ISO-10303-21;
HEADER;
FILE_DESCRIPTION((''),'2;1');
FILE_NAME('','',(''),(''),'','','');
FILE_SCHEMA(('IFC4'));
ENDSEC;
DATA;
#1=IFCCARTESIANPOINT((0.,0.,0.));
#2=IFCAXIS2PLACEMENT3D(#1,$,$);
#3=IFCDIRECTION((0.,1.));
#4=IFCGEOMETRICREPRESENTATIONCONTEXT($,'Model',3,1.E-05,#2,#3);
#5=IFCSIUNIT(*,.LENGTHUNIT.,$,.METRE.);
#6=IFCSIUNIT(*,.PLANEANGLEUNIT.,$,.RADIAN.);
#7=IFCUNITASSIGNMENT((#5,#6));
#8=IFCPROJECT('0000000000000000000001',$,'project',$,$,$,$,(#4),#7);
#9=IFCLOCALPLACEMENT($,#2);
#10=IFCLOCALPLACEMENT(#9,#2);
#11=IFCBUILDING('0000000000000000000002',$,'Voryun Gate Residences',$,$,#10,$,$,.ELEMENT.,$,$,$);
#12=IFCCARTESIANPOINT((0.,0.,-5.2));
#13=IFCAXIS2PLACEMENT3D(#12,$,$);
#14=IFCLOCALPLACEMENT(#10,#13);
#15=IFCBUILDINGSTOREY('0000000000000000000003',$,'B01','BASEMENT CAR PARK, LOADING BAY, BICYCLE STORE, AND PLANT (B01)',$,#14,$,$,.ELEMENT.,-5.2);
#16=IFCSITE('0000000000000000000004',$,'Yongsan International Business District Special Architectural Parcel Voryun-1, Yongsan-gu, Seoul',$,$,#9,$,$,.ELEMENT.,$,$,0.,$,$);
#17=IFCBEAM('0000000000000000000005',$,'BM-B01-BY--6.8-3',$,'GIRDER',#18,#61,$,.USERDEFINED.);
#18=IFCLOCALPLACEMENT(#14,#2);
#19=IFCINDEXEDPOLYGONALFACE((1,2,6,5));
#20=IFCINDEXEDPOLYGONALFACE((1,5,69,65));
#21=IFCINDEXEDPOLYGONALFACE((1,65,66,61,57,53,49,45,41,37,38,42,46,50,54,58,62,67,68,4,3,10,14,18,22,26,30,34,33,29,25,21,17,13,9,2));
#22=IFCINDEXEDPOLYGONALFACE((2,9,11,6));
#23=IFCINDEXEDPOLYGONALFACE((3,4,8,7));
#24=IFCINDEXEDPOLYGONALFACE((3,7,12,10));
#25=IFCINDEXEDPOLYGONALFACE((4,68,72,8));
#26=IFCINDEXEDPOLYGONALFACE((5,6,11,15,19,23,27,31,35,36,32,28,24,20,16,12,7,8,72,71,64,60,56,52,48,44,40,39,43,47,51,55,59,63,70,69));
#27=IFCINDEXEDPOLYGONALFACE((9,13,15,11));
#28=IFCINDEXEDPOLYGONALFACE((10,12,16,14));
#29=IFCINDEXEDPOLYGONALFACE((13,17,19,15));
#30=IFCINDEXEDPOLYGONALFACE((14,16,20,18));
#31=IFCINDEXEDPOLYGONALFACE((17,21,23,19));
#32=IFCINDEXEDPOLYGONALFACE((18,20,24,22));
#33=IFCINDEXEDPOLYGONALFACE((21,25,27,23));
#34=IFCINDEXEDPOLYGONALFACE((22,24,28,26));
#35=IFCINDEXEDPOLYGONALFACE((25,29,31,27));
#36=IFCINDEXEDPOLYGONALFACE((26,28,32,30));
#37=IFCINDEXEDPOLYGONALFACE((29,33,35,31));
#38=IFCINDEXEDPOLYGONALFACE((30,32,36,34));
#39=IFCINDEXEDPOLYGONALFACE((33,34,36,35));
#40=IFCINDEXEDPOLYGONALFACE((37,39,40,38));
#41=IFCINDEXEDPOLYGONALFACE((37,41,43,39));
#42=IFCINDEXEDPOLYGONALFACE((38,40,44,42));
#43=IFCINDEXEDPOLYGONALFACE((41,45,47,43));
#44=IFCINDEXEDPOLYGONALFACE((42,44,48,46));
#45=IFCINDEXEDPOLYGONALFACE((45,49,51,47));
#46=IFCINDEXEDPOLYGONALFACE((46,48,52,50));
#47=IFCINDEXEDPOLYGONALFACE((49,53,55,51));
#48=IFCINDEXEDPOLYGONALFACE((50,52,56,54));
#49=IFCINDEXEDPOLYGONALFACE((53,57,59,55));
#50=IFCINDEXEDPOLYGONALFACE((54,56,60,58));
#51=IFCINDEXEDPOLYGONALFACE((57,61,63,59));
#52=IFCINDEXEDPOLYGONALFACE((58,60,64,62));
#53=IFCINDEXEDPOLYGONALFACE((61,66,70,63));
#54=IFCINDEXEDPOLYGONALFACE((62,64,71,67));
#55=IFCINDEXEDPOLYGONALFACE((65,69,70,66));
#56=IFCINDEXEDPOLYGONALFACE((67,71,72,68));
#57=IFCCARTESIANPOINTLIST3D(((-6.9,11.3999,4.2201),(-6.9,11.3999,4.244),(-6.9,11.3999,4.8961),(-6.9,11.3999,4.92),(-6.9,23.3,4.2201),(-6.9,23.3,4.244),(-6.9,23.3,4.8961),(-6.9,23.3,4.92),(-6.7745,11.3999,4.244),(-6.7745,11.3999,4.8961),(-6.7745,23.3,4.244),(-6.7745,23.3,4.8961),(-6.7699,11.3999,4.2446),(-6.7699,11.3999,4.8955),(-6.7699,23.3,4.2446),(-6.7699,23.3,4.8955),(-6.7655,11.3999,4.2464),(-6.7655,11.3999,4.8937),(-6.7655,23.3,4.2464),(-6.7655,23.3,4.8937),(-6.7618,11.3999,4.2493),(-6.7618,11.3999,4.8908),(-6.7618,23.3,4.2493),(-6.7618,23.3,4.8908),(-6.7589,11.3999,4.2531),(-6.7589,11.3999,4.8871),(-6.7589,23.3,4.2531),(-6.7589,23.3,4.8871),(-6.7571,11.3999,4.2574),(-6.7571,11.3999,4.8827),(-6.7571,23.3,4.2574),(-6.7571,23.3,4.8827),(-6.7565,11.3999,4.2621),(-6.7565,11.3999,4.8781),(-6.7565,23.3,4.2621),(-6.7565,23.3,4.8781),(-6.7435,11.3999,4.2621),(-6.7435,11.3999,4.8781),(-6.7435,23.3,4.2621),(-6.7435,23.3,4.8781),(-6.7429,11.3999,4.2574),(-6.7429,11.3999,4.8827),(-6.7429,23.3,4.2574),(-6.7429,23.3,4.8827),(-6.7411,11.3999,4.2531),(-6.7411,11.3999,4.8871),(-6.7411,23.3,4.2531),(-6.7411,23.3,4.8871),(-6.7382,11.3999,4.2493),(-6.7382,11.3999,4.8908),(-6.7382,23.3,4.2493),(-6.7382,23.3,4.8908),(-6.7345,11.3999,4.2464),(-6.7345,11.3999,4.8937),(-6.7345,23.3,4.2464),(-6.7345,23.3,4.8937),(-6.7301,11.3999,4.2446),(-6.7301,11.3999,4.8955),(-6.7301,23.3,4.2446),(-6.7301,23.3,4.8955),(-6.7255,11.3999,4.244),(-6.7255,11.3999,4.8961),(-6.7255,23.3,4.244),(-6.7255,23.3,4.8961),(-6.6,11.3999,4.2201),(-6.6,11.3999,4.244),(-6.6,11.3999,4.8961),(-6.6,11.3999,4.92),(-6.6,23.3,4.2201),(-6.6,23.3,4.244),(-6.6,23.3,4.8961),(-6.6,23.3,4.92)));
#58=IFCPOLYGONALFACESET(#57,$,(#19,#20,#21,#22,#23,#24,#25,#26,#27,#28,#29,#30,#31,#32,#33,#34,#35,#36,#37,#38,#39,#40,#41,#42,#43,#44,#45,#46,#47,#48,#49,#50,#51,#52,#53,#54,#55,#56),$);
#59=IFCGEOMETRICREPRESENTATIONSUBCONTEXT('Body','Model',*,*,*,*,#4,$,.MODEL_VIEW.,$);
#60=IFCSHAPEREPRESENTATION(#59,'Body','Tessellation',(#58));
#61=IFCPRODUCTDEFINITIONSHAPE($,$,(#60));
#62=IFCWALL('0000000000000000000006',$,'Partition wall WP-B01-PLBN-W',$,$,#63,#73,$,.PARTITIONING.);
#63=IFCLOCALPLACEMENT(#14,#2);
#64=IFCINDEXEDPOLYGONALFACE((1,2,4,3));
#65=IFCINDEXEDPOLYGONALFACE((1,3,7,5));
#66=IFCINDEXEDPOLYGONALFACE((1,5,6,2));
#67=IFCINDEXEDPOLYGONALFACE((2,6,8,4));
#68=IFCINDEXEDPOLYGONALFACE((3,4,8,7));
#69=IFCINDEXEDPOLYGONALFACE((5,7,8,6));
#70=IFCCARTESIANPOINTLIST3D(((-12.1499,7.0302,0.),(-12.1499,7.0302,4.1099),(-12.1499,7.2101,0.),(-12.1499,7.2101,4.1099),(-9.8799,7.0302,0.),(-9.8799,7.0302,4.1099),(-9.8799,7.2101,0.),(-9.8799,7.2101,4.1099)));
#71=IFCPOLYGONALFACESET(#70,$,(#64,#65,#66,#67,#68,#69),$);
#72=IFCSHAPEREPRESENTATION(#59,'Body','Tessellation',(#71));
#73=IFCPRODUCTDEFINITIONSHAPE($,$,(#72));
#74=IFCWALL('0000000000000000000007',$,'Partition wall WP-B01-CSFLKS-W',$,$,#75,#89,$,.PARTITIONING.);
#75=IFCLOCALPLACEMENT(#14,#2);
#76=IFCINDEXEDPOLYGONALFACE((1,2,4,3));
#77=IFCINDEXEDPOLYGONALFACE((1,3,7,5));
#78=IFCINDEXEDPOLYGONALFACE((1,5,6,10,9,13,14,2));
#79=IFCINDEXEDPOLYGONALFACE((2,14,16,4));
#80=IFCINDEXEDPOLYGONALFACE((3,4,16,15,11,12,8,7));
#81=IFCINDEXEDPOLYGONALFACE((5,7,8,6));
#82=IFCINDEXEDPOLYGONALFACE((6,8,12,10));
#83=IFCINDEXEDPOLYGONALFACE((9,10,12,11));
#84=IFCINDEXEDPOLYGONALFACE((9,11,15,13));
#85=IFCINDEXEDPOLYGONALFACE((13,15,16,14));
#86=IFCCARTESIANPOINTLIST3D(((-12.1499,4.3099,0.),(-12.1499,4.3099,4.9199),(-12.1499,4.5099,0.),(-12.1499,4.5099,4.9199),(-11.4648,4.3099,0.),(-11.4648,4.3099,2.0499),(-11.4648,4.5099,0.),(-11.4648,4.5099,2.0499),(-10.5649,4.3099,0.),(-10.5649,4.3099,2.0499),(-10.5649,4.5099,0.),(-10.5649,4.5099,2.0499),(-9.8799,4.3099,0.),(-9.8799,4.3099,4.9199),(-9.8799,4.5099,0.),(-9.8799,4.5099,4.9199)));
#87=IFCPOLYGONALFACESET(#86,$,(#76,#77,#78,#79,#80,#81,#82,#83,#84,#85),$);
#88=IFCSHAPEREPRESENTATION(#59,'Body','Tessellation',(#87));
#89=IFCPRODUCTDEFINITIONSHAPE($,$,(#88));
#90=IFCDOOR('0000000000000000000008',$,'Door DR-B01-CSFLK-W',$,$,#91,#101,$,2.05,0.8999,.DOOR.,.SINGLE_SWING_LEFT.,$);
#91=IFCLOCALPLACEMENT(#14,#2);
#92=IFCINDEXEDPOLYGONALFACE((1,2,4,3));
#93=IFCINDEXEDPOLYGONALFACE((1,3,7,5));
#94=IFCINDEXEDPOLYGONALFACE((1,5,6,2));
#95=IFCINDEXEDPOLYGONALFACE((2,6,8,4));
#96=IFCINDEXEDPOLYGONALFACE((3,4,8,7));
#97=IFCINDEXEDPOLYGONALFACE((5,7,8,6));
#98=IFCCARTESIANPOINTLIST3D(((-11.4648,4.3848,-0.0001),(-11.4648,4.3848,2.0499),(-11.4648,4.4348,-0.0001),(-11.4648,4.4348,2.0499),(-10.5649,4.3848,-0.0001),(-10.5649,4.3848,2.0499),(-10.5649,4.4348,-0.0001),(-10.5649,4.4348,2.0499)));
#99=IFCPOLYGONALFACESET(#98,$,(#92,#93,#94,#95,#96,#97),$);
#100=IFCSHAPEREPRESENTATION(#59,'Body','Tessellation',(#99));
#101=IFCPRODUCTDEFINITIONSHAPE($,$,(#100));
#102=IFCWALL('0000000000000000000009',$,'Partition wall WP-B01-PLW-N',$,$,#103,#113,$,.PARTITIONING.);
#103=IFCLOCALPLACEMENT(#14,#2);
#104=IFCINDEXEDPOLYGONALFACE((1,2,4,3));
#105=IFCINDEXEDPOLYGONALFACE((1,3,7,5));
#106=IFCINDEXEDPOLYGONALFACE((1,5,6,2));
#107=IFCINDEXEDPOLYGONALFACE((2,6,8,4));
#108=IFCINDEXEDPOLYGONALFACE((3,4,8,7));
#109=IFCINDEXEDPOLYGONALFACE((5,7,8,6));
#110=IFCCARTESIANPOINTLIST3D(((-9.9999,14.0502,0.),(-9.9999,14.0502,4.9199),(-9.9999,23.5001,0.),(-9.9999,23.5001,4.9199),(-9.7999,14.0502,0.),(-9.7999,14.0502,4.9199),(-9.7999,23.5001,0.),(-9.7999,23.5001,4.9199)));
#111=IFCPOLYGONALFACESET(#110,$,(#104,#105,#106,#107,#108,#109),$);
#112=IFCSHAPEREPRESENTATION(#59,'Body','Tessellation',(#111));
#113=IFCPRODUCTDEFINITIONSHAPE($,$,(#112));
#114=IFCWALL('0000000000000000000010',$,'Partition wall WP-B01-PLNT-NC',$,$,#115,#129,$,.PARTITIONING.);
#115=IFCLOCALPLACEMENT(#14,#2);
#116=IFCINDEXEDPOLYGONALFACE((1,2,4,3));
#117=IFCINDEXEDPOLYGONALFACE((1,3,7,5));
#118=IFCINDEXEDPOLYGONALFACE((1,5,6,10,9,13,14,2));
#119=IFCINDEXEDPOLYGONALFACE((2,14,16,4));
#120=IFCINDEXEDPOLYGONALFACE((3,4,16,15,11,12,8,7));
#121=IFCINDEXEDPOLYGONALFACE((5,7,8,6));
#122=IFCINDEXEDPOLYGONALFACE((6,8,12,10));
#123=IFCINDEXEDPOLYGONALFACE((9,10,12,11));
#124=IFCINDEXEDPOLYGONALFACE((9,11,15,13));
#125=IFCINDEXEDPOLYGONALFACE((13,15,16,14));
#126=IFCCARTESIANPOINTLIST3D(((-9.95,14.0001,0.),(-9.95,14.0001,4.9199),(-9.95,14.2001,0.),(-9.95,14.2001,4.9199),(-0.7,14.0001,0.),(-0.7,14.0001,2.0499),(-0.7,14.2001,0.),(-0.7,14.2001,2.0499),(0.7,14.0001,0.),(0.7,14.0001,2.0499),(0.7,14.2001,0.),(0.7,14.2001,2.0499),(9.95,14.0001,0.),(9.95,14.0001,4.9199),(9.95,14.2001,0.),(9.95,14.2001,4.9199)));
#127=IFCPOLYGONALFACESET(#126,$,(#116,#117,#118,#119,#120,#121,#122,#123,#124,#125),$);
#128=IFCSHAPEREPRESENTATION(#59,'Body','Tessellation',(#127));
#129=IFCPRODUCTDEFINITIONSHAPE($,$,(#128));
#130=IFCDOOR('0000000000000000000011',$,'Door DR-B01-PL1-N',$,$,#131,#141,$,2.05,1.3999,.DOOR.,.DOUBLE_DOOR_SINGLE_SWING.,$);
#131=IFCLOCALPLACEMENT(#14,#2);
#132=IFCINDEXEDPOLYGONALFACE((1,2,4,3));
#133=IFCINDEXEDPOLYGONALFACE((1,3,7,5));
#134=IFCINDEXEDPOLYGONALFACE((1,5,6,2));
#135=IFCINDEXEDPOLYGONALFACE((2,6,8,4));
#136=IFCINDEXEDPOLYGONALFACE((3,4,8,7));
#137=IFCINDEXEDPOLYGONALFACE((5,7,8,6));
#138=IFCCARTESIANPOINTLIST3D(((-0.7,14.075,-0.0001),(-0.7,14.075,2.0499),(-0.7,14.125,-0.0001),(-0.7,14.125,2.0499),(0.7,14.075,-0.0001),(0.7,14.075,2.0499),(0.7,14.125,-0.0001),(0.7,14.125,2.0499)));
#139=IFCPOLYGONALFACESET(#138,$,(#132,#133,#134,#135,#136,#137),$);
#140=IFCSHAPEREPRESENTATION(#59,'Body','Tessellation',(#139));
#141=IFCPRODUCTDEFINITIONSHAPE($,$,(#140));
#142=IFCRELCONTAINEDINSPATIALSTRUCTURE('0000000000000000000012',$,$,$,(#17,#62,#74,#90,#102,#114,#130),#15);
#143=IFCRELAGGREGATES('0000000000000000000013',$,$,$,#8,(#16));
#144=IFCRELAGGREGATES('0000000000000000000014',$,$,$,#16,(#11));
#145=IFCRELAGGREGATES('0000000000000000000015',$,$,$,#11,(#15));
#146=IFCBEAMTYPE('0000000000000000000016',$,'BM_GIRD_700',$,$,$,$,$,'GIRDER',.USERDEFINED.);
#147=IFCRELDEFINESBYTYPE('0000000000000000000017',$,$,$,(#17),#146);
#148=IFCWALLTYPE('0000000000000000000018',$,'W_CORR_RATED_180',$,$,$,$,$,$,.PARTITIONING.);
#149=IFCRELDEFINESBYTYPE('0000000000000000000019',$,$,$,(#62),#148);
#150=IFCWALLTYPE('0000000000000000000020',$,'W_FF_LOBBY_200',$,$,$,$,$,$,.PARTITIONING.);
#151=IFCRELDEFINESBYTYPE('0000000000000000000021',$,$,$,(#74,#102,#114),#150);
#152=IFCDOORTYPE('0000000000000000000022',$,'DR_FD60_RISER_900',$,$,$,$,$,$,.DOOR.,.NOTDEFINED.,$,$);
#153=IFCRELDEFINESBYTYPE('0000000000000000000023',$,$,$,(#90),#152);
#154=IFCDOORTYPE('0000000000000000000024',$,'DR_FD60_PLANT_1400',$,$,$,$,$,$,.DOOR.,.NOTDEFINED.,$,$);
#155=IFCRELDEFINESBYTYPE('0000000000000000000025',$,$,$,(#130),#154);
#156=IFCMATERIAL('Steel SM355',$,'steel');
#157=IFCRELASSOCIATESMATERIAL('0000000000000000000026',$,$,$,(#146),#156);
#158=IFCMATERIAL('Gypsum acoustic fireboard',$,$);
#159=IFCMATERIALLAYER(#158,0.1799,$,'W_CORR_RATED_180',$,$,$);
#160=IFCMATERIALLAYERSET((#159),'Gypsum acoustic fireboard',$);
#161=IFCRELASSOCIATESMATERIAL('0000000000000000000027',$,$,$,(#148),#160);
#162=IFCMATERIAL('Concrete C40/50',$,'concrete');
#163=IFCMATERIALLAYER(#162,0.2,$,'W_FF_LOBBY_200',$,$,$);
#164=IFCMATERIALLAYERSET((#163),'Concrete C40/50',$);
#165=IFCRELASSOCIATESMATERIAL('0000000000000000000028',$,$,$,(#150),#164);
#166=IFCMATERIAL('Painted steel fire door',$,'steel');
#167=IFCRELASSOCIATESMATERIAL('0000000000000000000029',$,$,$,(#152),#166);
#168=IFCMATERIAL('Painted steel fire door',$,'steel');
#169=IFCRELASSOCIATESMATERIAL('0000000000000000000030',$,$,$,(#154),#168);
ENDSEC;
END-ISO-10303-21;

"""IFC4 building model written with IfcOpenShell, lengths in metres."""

from ifc_helpers import new_model, si_unit, direction, frame, frame_2d, origin, origin_2d, place, context, subcontext, project, spatial, rectangle, i_section, extrude, material, layer, layer_set, material_profile, profile_set, type_object, element, fill, save


model = new_model("IFC4")

# Units and contexts
model_context = context("Model", 3, precision=1e-05, world=origin(), true_north=direction((0.0, 1.0)))
body_context = subcontext(model_context, "Body", "Model", "MODEL_VIEW")
ifc_project = project(units=[si_unit("LENGTHUNIT", "METRE"), si_unit("PLANEANGLEUNIT", "RADIAN")], contexts=[model_context])

# Site, building, storey
site_placement = place(None, origin())
site = spatial("IfcSite", under=ifc_project, at=site_placement, Name="Yongsan International Business District Special Architectural Parcel Voryun-1, Yongsan-gu, Seoul", CompositionType="ELEMENT", RefElevation=0.0)
building_placement = place(site_placement, origin())
building = spatial("IfcBuilding", under=site, at=building_placement, Name="Voryun Gate Residences", CompositionType="ELEMENT")
storey_placement = place(building_placement, frame((0.0, 0.0, -5.2)))
storey = spatial("IfcBuildingStorey", under=building, at=storey_placement, Name="B01", Description="BASEMENT CAR PARK, LOADING BAY, BICYCLE STORE, AND PLANT (B01)", CompositionType="ELEMENT", Elevation=-5.2)

# Beam
ifc_material_1 = material(Name="Steel SM355", Category="steel")
ifc_material_profile_1 = material_profile(ifc_material_1, i_section(OverallWidth=0.3, OverallDepth=0.7, WebThickness=0.0129, FlangeThickness=0.0239, FilletRadius=0.0181, at=origin_2d()), Name="H-700x300x13x24")
ifc_profile_set_1 = profile_set([ifc_material_profile_1], Name="Steel SM355")
beam_type_1 = type_object("IfcBeamType", Name="BM_GIRD_700", ElementType="GIRDER", PredefinedType="USERDEFINED", material=ifc_profile_set_1)
for number, where, z_axis, x_axis, name in (
    (1, (-6.75, 11.3999, 4.5701), (0.0, 1.0, 0.0), (-1.0, 0.0, 0.0), "BM-B01-BY--6.8-3"),
):
    element("IfcBeam", number, at=place(storey_placement, frame(where, z_axis=z_axis, x_axis=x_axis)), inside=storey, type_object=beam_type_1, Name=name, ObjectType="GIRDER", PredefinedType="USERDEFINED", context=body_context, shape_type="SweptSolid", body=[
        extrude(i_section(OverallWidth=0.3, OverallDepth=0.7, WebThickness=0.0129, FlangeThickness=0.0239, FilletRadius=0.0181, at=origin_2d()), origin(), (0.0, 0.0, 1.0), 11.9001),
    ])

# Wall
ifc_material_2 = material(Name="Gypsum acoustic fireboard")
ifc_layer_1 = layer(ifc_material_2, 0.1799, Name="W_CORR_RATED_180")
ifc_layer_set_1 = layer_set([ifc_layer_1], Name="Gypsum acoustic fireboard")
wall_type_1 = type_object("IfcWallType", Name="W_CORR_RATED_180", PredefinedType="PARTITIONING", material=ifc_layer_set_1)
wall_1_placement = place(storey_placement, frame((-12.1499, 7.1201, 0.0), z_axis=(0.0, 0.0, 1.0), x_axis=(1.0, 0.0, 0.0)))
element("IfcWall", 2, at=wall_1_placement, inside=storey, type_object=wall_type_1, Name="Partition wall WP-B01-PLBN-W", PredefinedType="PARTITIONING", context=body_context, shape_type="SweptSolid", body=[
    extrude(rectangle(XDim=2.27, YDim=0.1799, at=frame_2d((1.135, 0.0))), origin(), (0.0, 0.0, 1.0), 4.1099),
])

# Wall, opening, door
ifc_material_3 = material(Name="Concrete C40/50", Category="concrete")
ifc_layer_2 = layer(ifc_material_3, 0.2, Name="W_FF_LOBBY_200")
ifc_layer_set_2 = layer_set([ifc_layer_2], Name="Concrete C40/50")
wall_type_2 = type_object("IfcWallType", Name="W_FF_LOBBY_200", PredefinedType="PARTITIONING", material=ifc_layer_set_2)
wall_2_placement = place(storey_placement, frame((-12.1499, 4.4099, 0.0), z_axis=(0.0, 0.0, 1.0), x_axis=(1.0, 0.0, 0.0)))
wall_2 = element("IfcWall", 3, at=wall_2_placement, inside=storey, type_object=wall_type_2, Name="Partition wall WP-B01-CSFLKS-W", PredefinedType="PARTITIONING", context=body_context, shape_type="SweptSolid", body=[
    extrude(rectangle(XDim=2.27, YDim=0.2, at=frame_2d((1.135, 0.0))), origin(), (0.0, 0.0, 1.0), 4.9199),
])
opening_1_placement = place(wall_2_placement, frame((0.6851, 0.0, 0.0)))
opening_1 = element("IfcOpeningElement", 4, at=opening_1_placement, cuts=wall_2, PredefinedType="OPENING", context=body_context, shape_type="SweptSolid", body=[
    extrude(rectangle(XDim=0.8999, YDim=2.05, at=frame_2d((0.45, 1.0249))), frame((0.0, 0.1101, 0.0), z_axis=(0.0, -1.0, 0.0), x_axis=(1.0, 0.0, 0.0)), (0.0, 0.0, 1.0), 0.22),
])
ifc_material_4 = material(Name="Painted steel fire door", Category="steel")
door_type_1 = type_object("IfcDoorType", Name="DR_FD60_RISER_900", OperationType="NOTDEFINED", PredefinedType="DOOR", material=ifc_material_4)
door_1_placement = place(opening_1_placement, origin())
door_1 = element("IfcDoor", 5, at=door_1_placement, inside=storey, type_object=door_type_1, Name="Door DR-B01-CSFLK-W", OperationType="SINGLE_SWING_LEFT", OverallHeight=2.05, OverallWidth=0.8999, PredefinedType="DOOR", context=body_context, shape_type="SweptSolid", body=[
    extrude(rectangle(XDim=0.8999, YDim=2.05, at=frame_2d((0.45, 1.0249))), frame((0.0, 0.0249, 0.0), z_axis=(0.0, -1.0, 0.0), x_axis=(1.0, 0.0, 0.0)), (0.0, 0.0, 1.0), 0.05),
])
fill(opening_1, door_1)

# Wall
wall_3_placement = place(storey_placement, frame((-9.8999, 14.05, 0.0), z_axis=(0.0, 0.0, 1.0), x_axis=(0.0, 1.0, 0.0)))
element("IfcWall", 6, at=wall_3_placement, inside=storey, type_object=wall_type_2, Name="Partition wall WP-B01-PLW-N", PredefinedType="PARTITIONING", context=body_context, shape_type="SweptSolid", body=[
    extrude(rectangle(XDim=9.45, YDim=0.2, at=frame_2d((4.7251, 0.0))), origin(), (0.0, 0.0, 1.0), 4.9199),
])

# Wall, opening, door
wall_4_placement = place(storey_placement, frame((-9.95, 14.1001, 0.0), z_axis=(0.0, 0.0, 1.0), x_axis=(1.0, 0.0, 0.0)))
wall_4 = element("IfcWall", 7, at=wall_4_placement, inside=storey, type_object=wall_type_2, Name="Partition wall WP-B01-PLNT-NC", PredefinedType="PARTITIONING", context=body_context, shape_type="SweptSolid", body=[
    extrude(rectangle(XDim=19.8999, YDim=0.2, at=frame_2d((9.95, 0.0))), origin(), (0.0, 0.0, 1.0), 4.9199),
])
opening_2_placement = place(wall_4_placement, frame((9.25, 0.0, 0.0)))
opening_2 = element("IfcOpeningElement", 8, at=opening_2_placement, cuts=wall_4, PredefinedType="OPENING", context=body_context, shape_type="SweptSolid", body=[
    extrude(rectangle(XDim=1.3999, YDim=2.05, at=frame_2d((0.7, 1.0249))), frame((0.0, 0.1101, 0.0), z_axis=(0.0, -1.0, 0.0), x_axis=(1.0, 0.0, 0.0)), (0.0, 0.0, 1.0), 0.22),
])
ifc_material_5 = material(Name="Painted steel fire door", Category="steel")
door_type_2 = type_object("IfcDoorType", Name="DR_FD60_PLANT_1400", OperationType="NOTDEFINED", PredefinedType="DOOR", material=ifc_material_5)
door_2_placement = place(opening_2_placement, origin())
door_2 = element("IfcDoor", 9, at=door_2_placement, inside=storey, type_object=door_type_2, Name="Door DR-B01-PL1-N", OperationType="DOUBLE_DOOR_SINGLE_SWING", OverallHeight=2.05, OverallWidth=1.3999, PredefinedType="DOOR", context=body_context, shape_type="SweptSolid", body=[
    extrude(rectangle(XDim=1.3999, YDim=2.05, at=frame_2d((0.7, 1.0249))), frame((0.0, 0.0249, 0.0), z_axis=(0.0, -1.0, 0.0), x_axis=(1.0, 0.0, 0.0)), (0.0, 0.0, 1.0), 0.05),
])
fill(opening_2, door_2)

save(model, "model.ifc")
